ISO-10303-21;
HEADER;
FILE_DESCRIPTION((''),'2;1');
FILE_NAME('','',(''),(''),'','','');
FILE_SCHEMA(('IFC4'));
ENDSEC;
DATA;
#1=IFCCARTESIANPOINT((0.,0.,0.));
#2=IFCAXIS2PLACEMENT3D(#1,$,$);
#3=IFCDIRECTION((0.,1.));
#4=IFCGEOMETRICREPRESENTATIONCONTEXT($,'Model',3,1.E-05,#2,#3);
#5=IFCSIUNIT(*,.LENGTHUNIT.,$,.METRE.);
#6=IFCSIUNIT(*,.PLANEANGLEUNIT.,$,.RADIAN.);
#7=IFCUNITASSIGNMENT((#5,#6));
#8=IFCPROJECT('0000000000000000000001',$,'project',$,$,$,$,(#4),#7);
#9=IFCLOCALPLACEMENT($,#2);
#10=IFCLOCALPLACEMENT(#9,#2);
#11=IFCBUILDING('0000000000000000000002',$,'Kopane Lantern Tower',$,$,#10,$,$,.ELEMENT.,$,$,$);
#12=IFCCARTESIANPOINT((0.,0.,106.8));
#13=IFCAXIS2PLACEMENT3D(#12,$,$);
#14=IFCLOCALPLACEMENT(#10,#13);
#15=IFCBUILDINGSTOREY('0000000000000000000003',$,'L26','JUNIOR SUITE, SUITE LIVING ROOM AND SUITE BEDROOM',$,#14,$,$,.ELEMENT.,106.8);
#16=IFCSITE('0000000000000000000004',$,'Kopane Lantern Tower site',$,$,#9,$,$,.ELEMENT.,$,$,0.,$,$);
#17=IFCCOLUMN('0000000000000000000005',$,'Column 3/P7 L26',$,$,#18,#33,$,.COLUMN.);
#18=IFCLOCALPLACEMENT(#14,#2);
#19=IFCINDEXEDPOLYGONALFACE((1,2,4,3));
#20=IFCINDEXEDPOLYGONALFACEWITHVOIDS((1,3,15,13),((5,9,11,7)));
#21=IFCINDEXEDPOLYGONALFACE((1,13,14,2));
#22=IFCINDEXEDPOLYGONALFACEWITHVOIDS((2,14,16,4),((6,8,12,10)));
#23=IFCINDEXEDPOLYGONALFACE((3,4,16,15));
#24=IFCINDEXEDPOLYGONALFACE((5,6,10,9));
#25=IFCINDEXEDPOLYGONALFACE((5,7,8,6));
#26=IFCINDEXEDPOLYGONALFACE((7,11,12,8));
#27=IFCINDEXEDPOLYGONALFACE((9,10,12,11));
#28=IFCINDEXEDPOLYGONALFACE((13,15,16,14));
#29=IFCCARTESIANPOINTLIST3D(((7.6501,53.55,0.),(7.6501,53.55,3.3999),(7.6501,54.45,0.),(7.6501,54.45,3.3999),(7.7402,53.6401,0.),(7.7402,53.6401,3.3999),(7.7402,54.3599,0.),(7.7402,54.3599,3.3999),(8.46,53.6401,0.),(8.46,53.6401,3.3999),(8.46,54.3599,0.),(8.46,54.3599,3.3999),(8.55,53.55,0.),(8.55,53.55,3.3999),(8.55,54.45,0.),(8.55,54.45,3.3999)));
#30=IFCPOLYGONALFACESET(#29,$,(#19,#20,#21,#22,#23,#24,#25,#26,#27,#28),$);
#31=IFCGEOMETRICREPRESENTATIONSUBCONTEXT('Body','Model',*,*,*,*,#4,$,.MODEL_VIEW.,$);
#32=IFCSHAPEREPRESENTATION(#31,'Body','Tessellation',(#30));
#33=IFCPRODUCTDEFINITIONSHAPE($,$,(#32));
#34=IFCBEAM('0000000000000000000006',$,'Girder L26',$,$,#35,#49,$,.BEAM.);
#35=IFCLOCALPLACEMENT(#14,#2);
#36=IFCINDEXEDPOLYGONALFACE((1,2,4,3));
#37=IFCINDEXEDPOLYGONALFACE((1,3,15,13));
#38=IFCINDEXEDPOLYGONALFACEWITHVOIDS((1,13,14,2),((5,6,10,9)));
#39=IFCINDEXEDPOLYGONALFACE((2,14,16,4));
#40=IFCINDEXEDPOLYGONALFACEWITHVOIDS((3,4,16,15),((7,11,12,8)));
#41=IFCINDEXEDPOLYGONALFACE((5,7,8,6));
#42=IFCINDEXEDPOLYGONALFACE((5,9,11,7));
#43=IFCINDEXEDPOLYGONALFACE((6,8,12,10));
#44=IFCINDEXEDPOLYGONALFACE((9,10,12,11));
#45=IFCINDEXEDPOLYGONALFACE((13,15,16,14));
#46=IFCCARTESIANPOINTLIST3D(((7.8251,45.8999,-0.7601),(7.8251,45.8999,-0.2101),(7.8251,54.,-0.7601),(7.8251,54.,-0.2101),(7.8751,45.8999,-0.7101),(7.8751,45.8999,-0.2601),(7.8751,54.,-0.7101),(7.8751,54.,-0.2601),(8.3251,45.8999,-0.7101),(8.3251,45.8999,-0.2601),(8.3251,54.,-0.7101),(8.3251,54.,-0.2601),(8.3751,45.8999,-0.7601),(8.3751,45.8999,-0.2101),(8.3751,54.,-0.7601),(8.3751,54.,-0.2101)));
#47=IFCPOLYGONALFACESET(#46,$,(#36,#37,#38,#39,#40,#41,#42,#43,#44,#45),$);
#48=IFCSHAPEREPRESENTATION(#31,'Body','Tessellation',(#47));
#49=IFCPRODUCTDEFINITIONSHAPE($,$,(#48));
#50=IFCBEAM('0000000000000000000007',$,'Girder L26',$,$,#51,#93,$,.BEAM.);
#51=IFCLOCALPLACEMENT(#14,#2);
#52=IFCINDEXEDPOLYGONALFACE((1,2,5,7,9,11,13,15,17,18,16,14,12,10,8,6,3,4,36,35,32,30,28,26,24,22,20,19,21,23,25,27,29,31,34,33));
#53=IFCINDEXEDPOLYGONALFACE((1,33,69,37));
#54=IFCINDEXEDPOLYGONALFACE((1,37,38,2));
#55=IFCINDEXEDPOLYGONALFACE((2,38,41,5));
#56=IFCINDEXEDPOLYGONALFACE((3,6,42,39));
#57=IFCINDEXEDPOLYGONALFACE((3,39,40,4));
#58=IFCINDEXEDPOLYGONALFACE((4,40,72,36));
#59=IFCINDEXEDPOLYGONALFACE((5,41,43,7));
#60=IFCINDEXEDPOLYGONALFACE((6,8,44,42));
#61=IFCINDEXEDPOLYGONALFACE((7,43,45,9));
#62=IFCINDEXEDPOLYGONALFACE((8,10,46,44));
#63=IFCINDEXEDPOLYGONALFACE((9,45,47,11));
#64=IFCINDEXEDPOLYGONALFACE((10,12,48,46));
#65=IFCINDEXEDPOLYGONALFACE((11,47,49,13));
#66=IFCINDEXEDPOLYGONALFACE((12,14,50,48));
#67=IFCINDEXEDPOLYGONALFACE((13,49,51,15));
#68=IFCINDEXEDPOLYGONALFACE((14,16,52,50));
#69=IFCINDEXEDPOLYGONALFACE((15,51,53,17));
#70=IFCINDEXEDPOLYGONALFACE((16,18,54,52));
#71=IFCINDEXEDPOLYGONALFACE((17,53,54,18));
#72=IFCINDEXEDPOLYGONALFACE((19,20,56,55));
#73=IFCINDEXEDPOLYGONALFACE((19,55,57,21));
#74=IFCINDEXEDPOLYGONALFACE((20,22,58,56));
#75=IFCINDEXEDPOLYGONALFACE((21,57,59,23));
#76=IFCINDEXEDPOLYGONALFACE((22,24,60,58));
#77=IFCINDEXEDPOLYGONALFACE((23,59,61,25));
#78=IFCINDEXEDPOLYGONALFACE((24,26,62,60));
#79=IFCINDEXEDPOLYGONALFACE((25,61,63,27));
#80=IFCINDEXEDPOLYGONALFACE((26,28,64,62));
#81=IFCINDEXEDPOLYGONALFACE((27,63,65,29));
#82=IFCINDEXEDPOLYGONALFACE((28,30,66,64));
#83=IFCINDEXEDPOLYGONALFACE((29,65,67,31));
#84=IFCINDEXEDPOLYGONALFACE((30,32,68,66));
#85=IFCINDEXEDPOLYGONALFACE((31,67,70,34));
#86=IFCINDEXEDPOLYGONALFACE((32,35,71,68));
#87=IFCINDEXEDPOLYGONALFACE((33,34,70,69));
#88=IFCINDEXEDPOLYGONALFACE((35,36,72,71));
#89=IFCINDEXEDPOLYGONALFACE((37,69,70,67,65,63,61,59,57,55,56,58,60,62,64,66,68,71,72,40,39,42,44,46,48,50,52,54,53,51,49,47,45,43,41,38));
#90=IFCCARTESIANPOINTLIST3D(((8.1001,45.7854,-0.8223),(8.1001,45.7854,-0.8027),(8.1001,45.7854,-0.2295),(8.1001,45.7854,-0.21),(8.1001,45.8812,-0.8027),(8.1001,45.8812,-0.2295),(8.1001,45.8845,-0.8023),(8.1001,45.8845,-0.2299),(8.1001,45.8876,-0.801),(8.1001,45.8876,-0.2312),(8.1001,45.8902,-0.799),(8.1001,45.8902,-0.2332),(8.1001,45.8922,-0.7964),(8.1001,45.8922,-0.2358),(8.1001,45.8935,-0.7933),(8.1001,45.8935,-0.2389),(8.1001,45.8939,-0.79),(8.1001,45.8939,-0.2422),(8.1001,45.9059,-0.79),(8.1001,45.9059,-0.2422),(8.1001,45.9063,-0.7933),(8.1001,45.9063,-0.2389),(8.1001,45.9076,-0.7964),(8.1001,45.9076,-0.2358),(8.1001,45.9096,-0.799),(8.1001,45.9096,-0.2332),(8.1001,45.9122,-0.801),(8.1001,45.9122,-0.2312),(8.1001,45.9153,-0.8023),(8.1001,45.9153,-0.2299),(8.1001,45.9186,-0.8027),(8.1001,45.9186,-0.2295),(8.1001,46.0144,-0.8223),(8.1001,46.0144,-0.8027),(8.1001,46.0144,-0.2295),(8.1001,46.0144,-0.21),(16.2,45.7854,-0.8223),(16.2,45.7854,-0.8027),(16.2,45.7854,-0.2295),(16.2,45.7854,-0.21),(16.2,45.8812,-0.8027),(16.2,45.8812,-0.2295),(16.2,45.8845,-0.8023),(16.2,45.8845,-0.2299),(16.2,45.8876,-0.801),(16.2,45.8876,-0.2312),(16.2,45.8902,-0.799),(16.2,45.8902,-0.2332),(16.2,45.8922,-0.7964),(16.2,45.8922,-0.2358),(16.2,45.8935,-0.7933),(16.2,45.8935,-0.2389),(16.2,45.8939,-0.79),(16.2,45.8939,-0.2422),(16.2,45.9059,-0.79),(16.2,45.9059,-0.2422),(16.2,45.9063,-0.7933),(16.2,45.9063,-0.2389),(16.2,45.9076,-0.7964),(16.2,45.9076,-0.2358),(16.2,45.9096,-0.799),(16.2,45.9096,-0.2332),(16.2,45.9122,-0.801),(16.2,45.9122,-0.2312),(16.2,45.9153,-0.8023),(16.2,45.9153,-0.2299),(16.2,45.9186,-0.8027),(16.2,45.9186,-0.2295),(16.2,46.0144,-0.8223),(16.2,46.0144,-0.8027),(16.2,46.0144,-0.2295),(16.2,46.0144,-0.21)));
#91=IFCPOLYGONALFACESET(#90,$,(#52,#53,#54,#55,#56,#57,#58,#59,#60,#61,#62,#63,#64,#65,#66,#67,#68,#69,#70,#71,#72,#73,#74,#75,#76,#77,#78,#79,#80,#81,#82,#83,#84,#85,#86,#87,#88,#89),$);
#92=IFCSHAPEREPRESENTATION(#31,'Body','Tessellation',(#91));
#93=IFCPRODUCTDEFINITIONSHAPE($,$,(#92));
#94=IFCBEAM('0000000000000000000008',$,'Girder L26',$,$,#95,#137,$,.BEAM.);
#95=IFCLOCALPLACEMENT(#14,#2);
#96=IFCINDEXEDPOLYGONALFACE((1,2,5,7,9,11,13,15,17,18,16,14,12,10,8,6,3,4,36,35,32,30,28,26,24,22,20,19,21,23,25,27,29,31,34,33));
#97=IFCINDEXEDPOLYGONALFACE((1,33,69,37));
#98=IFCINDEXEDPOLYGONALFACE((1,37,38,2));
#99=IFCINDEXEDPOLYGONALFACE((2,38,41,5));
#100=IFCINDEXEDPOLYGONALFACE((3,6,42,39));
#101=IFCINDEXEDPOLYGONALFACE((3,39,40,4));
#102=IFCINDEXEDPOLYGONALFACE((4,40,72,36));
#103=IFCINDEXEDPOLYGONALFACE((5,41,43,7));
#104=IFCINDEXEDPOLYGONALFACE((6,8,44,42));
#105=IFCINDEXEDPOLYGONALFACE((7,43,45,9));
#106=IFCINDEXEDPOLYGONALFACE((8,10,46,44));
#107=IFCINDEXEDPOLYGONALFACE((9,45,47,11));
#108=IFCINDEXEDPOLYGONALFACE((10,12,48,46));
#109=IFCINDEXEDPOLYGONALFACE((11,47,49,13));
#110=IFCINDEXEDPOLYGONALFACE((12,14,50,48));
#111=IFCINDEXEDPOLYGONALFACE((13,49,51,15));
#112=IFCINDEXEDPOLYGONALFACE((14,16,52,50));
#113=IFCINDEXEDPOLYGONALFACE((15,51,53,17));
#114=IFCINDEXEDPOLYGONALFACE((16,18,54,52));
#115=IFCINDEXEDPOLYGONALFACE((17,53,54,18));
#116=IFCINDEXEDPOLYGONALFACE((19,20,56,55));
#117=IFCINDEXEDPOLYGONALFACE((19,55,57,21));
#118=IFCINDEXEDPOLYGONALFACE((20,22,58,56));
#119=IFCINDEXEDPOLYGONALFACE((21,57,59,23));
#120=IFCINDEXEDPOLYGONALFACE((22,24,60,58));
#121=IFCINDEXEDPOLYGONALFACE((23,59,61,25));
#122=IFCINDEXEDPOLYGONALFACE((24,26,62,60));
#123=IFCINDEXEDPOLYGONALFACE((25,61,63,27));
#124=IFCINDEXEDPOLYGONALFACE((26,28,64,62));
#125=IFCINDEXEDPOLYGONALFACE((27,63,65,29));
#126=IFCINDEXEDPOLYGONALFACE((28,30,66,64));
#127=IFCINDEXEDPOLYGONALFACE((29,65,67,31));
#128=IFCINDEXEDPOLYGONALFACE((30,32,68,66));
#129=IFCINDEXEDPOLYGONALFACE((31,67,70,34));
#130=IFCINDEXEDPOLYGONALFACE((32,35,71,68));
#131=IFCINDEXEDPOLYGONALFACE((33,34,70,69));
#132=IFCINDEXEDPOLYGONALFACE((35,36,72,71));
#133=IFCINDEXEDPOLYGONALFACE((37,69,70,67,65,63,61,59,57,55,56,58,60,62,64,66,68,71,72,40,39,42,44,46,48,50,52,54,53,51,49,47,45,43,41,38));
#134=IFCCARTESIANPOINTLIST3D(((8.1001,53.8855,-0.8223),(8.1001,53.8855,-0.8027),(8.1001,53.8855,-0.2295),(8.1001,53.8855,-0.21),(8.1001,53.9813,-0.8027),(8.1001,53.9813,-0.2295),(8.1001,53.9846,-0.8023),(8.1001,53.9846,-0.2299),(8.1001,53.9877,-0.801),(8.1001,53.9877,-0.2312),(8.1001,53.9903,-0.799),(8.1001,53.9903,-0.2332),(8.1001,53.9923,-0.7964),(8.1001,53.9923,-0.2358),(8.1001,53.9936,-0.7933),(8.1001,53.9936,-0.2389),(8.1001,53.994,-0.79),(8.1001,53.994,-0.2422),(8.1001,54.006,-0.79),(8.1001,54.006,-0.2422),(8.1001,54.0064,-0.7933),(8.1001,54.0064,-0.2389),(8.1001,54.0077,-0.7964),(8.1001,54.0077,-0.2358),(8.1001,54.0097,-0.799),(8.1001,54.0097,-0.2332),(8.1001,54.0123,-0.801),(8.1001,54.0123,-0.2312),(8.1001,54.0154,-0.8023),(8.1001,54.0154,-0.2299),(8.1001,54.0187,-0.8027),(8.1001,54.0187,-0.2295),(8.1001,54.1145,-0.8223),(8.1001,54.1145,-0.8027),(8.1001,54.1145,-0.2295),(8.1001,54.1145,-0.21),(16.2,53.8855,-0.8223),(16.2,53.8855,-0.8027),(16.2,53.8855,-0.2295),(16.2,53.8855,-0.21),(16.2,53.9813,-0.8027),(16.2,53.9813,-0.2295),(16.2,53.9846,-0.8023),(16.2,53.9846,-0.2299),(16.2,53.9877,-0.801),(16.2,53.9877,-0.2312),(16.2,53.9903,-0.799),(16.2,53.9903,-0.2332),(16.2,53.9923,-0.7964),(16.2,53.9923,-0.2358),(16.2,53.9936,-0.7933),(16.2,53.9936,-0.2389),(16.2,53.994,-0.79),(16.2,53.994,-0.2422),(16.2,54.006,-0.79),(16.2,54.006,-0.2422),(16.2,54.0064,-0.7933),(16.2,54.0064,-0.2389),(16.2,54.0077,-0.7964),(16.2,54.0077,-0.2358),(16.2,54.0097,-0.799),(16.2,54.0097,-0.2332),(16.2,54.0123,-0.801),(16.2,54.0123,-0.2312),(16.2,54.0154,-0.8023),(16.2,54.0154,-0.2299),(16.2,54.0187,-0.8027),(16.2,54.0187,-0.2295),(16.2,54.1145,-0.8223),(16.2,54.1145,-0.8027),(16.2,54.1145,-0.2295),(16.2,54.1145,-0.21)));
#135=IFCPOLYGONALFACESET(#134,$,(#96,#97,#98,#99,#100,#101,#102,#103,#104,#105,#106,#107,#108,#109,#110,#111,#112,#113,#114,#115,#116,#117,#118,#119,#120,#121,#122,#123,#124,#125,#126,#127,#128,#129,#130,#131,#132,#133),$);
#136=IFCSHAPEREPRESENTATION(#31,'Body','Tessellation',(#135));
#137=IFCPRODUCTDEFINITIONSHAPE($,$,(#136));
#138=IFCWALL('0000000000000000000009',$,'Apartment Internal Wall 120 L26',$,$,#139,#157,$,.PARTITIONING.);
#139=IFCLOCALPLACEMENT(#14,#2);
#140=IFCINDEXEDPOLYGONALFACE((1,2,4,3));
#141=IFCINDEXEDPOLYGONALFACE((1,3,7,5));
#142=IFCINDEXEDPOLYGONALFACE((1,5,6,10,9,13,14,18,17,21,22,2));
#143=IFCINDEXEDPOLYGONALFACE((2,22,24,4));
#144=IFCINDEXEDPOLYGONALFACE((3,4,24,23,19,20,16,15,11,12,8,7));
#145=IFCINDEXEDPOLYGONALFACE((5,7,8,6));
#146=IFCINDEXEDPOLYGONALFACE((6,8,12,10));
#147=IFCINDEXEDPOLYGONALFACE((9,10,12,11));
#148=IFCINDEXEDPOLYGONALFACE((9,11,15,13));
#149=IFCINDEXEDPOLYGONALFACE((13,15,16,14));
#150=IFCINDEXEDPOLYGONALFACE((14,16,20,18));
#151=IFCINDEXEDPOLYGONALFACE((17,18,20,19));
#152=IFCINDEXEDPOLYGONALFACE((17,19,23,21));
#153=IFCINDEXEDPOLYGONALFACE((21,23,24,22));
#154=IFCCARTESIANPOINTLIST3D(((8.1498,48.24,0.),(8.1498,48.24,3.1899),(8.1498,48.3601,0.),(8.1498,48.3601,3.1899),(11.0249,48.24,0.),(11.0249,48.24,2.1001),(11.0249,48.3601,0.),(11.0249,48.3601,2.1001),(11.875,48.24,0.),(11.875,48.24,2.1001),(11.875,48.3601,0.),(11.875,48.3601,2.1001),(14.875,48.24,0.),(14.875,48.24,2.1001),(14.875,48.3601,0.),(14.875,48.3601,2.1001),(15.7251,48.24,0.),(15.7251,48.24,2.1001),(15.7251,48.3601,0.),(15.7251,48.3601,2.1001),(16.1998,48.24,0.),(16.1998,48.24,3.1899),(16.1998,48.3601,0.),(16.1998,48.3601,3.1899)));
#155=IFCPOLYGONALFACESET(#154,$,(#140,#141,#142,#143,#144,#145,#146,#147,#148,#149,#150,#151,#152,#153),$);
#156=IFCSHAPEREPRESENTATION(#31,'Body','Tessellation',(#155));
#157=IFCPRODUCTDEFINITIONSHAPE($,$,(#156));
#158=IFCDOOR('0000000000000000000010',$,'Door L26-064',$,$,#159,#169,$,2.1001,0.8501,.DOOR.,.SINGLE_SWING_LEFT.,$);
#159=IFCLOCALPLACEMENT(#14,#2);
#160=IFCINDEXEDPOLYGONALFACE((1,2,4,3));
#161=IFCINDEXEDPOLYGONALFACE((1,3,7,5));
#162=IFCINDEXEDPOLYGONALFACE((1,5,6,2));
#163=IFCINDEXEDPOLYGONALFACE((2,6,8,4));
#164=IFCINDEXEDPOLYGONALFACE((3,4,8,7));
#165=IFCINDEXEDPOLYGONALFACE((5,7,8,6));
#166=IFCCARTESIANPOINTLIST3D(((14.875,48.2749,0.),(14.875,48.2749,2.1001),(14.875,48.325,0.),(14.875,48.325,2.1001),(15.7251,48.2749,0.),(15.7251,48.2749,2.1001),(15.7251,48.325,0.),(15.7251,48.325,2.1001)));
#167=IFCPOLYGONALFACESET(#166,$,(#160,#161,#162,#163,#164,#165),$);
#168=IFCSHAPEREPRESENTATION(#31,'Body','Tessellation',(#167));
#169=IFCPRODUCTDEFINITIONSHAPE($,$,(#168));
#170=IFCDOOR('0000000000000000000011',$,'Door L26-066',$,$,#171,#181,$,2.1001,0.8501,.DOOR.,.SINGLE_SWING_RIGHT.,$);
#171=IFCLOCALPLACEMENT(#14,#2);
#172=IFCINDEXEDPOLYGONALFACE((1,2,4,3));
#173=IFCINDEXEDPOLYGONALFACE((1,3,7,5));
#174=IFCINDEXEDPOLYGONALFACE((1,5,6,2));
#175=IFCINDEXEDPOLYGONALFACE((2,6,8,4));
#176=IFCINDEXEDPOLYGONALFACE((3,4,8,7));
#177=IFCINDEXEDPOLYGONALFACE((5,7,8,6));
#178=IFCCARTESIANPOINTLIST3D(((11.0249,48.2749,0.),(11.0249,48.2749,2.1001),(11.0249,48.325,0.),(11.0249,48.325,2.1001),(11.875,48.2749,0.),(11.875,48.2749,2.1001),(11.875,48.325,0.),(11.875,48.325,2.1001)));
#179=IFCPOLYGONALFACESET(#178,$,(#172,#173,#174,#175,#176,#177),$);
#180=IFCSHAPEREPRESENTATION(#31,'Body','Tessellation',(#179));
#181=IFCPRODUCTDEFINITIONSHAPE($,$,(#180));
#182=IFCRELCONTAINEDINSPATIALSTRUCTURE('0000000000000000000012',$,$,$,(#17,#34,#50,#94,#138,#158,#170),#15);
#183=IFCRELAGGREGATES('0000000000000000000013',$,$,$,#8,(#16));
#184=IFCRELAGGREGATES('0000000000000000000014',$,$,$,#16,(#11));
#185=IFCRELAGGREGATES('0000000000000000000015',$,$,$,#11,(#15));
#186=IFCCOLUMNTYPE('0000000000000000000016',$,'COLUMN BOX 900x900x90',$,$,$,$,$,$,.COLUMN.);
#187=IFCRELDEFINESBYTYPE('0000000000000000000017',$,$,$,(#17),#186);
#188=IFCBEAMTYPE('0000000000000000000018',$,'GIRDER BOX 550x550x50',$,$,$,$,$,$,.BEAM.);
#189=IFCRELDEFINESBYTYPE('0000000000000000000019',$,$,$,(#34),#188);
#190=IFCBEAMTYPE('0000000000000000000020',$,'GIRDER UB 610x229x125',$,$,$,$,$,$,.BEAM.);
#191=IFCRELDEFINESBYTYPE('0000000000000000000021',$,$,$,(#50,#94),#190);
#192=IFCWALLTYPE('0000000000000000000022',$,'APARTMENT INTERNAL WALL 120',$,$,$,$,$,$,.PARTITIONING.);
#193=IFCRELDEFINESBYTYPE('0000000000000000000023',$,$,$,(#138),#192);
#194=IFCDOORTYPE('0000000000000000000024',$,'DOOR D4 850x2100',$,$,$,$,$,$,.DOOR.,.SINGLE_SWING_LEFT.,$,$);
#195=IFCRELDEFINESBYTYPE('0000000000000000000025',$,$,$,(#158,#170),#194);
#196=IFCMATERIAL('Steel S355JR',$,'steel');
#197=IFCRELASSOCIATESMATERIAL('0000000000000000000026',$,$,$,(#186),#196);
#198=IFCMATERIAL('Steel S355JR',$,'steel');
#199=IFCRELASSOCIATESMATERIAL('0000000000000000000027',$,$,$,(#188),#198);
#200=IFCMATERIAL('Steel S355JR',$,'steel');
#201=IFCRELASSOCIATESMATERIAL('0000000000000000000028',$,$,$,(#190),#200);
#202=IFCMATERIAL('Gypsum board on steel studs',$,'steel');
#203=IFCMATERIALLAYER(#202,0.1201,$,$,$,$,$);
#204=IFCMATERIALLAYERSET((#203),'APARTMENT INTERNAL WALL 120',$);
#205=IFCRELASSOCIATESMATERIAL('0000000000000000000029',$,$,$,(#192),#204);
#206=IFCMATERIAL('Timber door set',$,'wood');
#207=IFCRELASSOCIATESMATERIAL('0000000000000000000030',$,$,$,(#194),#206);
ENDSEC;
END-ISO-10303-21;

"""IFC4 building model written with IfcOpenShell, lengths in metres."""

from ifc_helpers import new_model, si_unit, direction, frame, frame_2d, origin, origin_2d, place, context, subcontext, project, spatial, rectangle, hollow_rectangle, i_section, extrude, material, layer, layer_set, material_profile, profile_set, type_object, element, fill, save


model = new_model("IFC4")

# Units and contexts
model_context = context("Model", 3, precision=1e-05, world=origin(), true_north=direction((0.0, 1.0)))
body_context = subcontext(model_context, "Body", "Model", "MODEL_VIEW")
ifc_project = project(units=[si_unit("LENGTHUNIT", "METRE"), si_unit("PLANEANGLEUNIT", "RADIAN")], contexts=[model_context])

# Site, building, storey
site_placement = place(None, origin())
site = spatial("IfcSite", under=ifc_project, at=site_placement, Name="Kopane Lantern Tower site", CompositionType="ELEMENT", RefElevation=0.0)
building_placement = place(site_placement, origin())
building = spatial("IfcBuilding", under=site, at=building_placement, Name="Kopane Lantern Tower", CompositionType="ELEMENT")
storey_placement = place(building_placement, frame((0.0, 0.0, 106.8)))
storey = spatial("IfcBuildingStorey", under=building, at=storey_placement, Name="L26", Description="JUNIOR SUITE, SUITE LIVING ROOM AND SUITE BEDROOM", CompositionType="ELEMENT", Elevation=106.8)

# Column
ifc_material_1 = material(Name="Steel S355JR", Category="steel")
ifc_material_profile_1 = material_profile(ifc_material_1, hollow_rectangle(XDim=0.8999, YDim=0.8999, WallThickness=0.0901, at=origin_2d()), Name="BOX 900x900x90")
ifc_profile_set_1 = profile_set([ifc_material_profile_1], Name="Steel S355JR")
column_type = type_object("IfcColumnType", Name="COLUMN BOX 900x900x90", PredefinedType="COLUMN", material=ifc_profile_set_1)
column_placement = place(storey_placement, frame((8.1001, 54.0, 0.0), z_axis=(0.0, 0.0, 1.0), x_axis=(1.0, 0.0, 0.0)))
element("IfcColumn", 1, at=column_placement, inside=storey, type_object=column_type, Name="Column 3/P7 L26", PredefinedType="COLUMN", context=body_context, shape_type="SweptSolid", body=[
    extrude(hollow_rectangle(XDim=0.8999, YDim=0.8999, WallThickness=0.0901, at=origin_2d()), origin(), (0.0, 0.0, 1.0), 3.3999),
])

# Beams
ifc_material_2 = material(Name="Steel S355JR", Category="steel")
ifc_material_profile_2 = material_profile(ifc_material_2, hollow_rectangle(XDim=0.55, YDim=0.55, WallThickness=0.05, at=origin_2d()), Name="BOX 550x550x50")
ifc_profile_set_2 = profile_set([ifc_material_profile_2], Name="Steel S355JR")
beam_type_1 = type_object("IfcBeamType", Name="GIRDER BOX 550x550x50", PredefinedType="BEAM", material=ifc_profile_set_2)
beam_placement = place(storey_placement, frame((8.1001, 45.8999, -0.4851), z_axis=(0.0, 1.0, 0.0), x_axis=(-1.0, 0.0, 0.0)))
element("IfcBeam", 2, at=beam_placement, inside=storey, type_object=beam_type_1, Name="Girder L26", PredefinedType="BEAM", context=body_context, shape_type="SweptSolid", body=[
    extrude(hollow_rectangle(XDim=0.55, YDim=0.55, WallThickness=0.05, at=origin_2d()), origin(), (0.0, 0.0, 1.0), 8.1001),
])
ifc_material_3 = material(Name="Steel S355JR", Category="steel")
ifc_material_profile_3 = material_profile(ifc_material_3, i_section(OverallWidth=0.229, OverallDepth=0.6123, WebThickness=0.012, FlangeThickness=0.0195, FilletRadius=0.0127, at=origin_2d()), Name="UB 610x229x125")
ifc_profile_set_3 = profile_set([ifc_material_profile_3], Name="Steel S355JR")
beam_type_2 = type_object("IfcBeamType", Name="GIRDER UB 610x229x125", PredefinedType="BEAM", material=ifc_profile_set_3)
for number, where, z_axis, x_axis, name in (
    (3, (8.1001, 45.8999, -0.5161), (1.0, 0.0, 0.0), (0.0, 1.0, 0.0), "Girder L26"),
    (4, (8.1001, 54.0, -0.5161), (1.0, 0.0, 0.0), (0.0, 1.0, 0.0), "Girder L26"),
):
    element("IfcBeam", number, at=place(storey_placement, frame(where, z_axis=z_axis, x_axis=x_axis)), inside=storey, type_object=beam_type_2, Name=name, PredefinedType="BEAM", context=body_context, shape_type="SweptSolid", body=[
        extrude(i_section(OverallWidth=0.229, OverallDepth=0.6123, WebThickness=0.012, FlangeThickness=0.0195, FilletRadius=0.0127, at=origin_2d()), origin(), (0.0, 0.0, 1.0), 8.0999),
    ])

# Wall, openings, doors
ifc_material_4 = material(Name="Gypsum board on steel studs", Category="steel")
ifc_layer_1 = layer(ifc_material_4, 0.1201)
ifc_layer_set_1 = layer_set([ifc_layer_1], Name="APARTMENT INTERNAL WALL 120")
wall_type_1 = type_object("IfcWallType", Name="APARTMENT INTERNAL WALL 120", PredefinedType="PARTITIONING", material=ifc_layer_set_1)
wall_1_placement = place(storey_placement, frame((8.1499, 48.3, 0.0), z_axis=(0.0, 0.0, 1.0), x_axis=(1.0, 0.0, 0.0)))
wall_1 = element("IfcWall", 5, at=wall_1_placement, inside=storey, type_object=wall_type_1, Name="Apartment Internal Wall 120 L26", PredefinedType="PARTITIONING", context=body_context, shape_type="SweptSolid", body=[
    extrude(rectangle(XDim=8.05, YDim=0.1201, at=frame_2d((4.0249, 0.0))), origin(), (0.0, 0.0, 1.0), 3.1899),
])
opening_1_placement = place(wall_1_placement, frame((6.7251, 0.0, 0.0)))
opening_1 = element("IfcOpeningElement", 6, at=opening_1_placement, cuts=wall_1, PredefinedType="OPENING", context=body_context, shape_type="SweptSolid", body=[
    extrude(rectangle(XDim=0.8501, YDim=2.1001, at=frame_2d((0.425, 1.05))), frame((0.0, 0.0701, 0.0), z_axis=(0.0, -1.0, 0.0), x_axis=(1.0, 0.0, 0.0)), (0.0, 0.0, 1.0), 0.1401),
])
opening_2_placement = place(wall_1_placement, frame((2.875, 0.0, 0.0)))
opening_2 = element("IfcOpeningElement", 7, at=opening_2_placement, cuts=wall_1, PredefinedType="OPENING", context=body_context, shape_type="SweptSolid", body=[
    extrude(rectangle(XDim=0.8501, YDim=2.1001, at=frame_2d((0.425, 1.05))), frame((0.0, 0.0701, 0.0), z_axis=(0.0, -1.0, 0.0), x_axis=(1.0, 0.0, 0.0)), (0.0, 0.0, 1.0), 0.1401),
])
ifc_material_5 = material(Name="Timber door set", Category="wood")
door_type_1 = type_object("IfcDoorType", Name="DOOR D4 850x2100", OperationType="SINGLE_SWING_LEFT", PredefinedType="DOOR", material=ifc_material_5)
door_1_placement = place(opening_1_placement, origin())
door_1 = element("IfcDoor", 8, at=door_1_placement, inside=storey, type_object=door_type_1, Name="Door L26-064", OperationType="SINGLE_SWING_LEFT", OverallHeight=2.1001, OverallWidth=0.8501, PredefinedType="DOOR", context=body_context, shape_type="SweptSolid", body=[
    extrude(rectangle(XDim=0.8501, YDim=2.1001, at=frame_2d((0.425, 1.05))), frame((0.0, 0.0249, 0.0), z_axis=(0.0, -1.0, 0.0), x_axis=(1.0, 0.0, 0.0)), (0.0, 0.0, 1.0), 0.05),
])
fill(opening_1, door_1)
door_2_placement = place(opening_2_placement, origin())
door_2 = element("IfcDoor", 9, at=door_2_placement, inside=storey, type_object=door_type_1, Name="Door L26-066", OperationType="SINGLE_SWING_RIGHT", OverallHeight=2.1001, OverallWidth=0.8501, PredefinedType="DOOR", context=body_context, shape_type="SweptSolid", body=[
    extrude(rectangle(XDim=0.8501, YDim=2.1001, at=frame_2d((0.425, 1.05))), frame((0.0, 0.0249, 0.0), z_axis=(0.0, -1.0, 0.0), x_axis=(1.0, 0.0, 0.0)), (0.0, 0.0, 1.0), 0.05),
])
fill(opening_2, door_2)

save(model, "model.ifc")
